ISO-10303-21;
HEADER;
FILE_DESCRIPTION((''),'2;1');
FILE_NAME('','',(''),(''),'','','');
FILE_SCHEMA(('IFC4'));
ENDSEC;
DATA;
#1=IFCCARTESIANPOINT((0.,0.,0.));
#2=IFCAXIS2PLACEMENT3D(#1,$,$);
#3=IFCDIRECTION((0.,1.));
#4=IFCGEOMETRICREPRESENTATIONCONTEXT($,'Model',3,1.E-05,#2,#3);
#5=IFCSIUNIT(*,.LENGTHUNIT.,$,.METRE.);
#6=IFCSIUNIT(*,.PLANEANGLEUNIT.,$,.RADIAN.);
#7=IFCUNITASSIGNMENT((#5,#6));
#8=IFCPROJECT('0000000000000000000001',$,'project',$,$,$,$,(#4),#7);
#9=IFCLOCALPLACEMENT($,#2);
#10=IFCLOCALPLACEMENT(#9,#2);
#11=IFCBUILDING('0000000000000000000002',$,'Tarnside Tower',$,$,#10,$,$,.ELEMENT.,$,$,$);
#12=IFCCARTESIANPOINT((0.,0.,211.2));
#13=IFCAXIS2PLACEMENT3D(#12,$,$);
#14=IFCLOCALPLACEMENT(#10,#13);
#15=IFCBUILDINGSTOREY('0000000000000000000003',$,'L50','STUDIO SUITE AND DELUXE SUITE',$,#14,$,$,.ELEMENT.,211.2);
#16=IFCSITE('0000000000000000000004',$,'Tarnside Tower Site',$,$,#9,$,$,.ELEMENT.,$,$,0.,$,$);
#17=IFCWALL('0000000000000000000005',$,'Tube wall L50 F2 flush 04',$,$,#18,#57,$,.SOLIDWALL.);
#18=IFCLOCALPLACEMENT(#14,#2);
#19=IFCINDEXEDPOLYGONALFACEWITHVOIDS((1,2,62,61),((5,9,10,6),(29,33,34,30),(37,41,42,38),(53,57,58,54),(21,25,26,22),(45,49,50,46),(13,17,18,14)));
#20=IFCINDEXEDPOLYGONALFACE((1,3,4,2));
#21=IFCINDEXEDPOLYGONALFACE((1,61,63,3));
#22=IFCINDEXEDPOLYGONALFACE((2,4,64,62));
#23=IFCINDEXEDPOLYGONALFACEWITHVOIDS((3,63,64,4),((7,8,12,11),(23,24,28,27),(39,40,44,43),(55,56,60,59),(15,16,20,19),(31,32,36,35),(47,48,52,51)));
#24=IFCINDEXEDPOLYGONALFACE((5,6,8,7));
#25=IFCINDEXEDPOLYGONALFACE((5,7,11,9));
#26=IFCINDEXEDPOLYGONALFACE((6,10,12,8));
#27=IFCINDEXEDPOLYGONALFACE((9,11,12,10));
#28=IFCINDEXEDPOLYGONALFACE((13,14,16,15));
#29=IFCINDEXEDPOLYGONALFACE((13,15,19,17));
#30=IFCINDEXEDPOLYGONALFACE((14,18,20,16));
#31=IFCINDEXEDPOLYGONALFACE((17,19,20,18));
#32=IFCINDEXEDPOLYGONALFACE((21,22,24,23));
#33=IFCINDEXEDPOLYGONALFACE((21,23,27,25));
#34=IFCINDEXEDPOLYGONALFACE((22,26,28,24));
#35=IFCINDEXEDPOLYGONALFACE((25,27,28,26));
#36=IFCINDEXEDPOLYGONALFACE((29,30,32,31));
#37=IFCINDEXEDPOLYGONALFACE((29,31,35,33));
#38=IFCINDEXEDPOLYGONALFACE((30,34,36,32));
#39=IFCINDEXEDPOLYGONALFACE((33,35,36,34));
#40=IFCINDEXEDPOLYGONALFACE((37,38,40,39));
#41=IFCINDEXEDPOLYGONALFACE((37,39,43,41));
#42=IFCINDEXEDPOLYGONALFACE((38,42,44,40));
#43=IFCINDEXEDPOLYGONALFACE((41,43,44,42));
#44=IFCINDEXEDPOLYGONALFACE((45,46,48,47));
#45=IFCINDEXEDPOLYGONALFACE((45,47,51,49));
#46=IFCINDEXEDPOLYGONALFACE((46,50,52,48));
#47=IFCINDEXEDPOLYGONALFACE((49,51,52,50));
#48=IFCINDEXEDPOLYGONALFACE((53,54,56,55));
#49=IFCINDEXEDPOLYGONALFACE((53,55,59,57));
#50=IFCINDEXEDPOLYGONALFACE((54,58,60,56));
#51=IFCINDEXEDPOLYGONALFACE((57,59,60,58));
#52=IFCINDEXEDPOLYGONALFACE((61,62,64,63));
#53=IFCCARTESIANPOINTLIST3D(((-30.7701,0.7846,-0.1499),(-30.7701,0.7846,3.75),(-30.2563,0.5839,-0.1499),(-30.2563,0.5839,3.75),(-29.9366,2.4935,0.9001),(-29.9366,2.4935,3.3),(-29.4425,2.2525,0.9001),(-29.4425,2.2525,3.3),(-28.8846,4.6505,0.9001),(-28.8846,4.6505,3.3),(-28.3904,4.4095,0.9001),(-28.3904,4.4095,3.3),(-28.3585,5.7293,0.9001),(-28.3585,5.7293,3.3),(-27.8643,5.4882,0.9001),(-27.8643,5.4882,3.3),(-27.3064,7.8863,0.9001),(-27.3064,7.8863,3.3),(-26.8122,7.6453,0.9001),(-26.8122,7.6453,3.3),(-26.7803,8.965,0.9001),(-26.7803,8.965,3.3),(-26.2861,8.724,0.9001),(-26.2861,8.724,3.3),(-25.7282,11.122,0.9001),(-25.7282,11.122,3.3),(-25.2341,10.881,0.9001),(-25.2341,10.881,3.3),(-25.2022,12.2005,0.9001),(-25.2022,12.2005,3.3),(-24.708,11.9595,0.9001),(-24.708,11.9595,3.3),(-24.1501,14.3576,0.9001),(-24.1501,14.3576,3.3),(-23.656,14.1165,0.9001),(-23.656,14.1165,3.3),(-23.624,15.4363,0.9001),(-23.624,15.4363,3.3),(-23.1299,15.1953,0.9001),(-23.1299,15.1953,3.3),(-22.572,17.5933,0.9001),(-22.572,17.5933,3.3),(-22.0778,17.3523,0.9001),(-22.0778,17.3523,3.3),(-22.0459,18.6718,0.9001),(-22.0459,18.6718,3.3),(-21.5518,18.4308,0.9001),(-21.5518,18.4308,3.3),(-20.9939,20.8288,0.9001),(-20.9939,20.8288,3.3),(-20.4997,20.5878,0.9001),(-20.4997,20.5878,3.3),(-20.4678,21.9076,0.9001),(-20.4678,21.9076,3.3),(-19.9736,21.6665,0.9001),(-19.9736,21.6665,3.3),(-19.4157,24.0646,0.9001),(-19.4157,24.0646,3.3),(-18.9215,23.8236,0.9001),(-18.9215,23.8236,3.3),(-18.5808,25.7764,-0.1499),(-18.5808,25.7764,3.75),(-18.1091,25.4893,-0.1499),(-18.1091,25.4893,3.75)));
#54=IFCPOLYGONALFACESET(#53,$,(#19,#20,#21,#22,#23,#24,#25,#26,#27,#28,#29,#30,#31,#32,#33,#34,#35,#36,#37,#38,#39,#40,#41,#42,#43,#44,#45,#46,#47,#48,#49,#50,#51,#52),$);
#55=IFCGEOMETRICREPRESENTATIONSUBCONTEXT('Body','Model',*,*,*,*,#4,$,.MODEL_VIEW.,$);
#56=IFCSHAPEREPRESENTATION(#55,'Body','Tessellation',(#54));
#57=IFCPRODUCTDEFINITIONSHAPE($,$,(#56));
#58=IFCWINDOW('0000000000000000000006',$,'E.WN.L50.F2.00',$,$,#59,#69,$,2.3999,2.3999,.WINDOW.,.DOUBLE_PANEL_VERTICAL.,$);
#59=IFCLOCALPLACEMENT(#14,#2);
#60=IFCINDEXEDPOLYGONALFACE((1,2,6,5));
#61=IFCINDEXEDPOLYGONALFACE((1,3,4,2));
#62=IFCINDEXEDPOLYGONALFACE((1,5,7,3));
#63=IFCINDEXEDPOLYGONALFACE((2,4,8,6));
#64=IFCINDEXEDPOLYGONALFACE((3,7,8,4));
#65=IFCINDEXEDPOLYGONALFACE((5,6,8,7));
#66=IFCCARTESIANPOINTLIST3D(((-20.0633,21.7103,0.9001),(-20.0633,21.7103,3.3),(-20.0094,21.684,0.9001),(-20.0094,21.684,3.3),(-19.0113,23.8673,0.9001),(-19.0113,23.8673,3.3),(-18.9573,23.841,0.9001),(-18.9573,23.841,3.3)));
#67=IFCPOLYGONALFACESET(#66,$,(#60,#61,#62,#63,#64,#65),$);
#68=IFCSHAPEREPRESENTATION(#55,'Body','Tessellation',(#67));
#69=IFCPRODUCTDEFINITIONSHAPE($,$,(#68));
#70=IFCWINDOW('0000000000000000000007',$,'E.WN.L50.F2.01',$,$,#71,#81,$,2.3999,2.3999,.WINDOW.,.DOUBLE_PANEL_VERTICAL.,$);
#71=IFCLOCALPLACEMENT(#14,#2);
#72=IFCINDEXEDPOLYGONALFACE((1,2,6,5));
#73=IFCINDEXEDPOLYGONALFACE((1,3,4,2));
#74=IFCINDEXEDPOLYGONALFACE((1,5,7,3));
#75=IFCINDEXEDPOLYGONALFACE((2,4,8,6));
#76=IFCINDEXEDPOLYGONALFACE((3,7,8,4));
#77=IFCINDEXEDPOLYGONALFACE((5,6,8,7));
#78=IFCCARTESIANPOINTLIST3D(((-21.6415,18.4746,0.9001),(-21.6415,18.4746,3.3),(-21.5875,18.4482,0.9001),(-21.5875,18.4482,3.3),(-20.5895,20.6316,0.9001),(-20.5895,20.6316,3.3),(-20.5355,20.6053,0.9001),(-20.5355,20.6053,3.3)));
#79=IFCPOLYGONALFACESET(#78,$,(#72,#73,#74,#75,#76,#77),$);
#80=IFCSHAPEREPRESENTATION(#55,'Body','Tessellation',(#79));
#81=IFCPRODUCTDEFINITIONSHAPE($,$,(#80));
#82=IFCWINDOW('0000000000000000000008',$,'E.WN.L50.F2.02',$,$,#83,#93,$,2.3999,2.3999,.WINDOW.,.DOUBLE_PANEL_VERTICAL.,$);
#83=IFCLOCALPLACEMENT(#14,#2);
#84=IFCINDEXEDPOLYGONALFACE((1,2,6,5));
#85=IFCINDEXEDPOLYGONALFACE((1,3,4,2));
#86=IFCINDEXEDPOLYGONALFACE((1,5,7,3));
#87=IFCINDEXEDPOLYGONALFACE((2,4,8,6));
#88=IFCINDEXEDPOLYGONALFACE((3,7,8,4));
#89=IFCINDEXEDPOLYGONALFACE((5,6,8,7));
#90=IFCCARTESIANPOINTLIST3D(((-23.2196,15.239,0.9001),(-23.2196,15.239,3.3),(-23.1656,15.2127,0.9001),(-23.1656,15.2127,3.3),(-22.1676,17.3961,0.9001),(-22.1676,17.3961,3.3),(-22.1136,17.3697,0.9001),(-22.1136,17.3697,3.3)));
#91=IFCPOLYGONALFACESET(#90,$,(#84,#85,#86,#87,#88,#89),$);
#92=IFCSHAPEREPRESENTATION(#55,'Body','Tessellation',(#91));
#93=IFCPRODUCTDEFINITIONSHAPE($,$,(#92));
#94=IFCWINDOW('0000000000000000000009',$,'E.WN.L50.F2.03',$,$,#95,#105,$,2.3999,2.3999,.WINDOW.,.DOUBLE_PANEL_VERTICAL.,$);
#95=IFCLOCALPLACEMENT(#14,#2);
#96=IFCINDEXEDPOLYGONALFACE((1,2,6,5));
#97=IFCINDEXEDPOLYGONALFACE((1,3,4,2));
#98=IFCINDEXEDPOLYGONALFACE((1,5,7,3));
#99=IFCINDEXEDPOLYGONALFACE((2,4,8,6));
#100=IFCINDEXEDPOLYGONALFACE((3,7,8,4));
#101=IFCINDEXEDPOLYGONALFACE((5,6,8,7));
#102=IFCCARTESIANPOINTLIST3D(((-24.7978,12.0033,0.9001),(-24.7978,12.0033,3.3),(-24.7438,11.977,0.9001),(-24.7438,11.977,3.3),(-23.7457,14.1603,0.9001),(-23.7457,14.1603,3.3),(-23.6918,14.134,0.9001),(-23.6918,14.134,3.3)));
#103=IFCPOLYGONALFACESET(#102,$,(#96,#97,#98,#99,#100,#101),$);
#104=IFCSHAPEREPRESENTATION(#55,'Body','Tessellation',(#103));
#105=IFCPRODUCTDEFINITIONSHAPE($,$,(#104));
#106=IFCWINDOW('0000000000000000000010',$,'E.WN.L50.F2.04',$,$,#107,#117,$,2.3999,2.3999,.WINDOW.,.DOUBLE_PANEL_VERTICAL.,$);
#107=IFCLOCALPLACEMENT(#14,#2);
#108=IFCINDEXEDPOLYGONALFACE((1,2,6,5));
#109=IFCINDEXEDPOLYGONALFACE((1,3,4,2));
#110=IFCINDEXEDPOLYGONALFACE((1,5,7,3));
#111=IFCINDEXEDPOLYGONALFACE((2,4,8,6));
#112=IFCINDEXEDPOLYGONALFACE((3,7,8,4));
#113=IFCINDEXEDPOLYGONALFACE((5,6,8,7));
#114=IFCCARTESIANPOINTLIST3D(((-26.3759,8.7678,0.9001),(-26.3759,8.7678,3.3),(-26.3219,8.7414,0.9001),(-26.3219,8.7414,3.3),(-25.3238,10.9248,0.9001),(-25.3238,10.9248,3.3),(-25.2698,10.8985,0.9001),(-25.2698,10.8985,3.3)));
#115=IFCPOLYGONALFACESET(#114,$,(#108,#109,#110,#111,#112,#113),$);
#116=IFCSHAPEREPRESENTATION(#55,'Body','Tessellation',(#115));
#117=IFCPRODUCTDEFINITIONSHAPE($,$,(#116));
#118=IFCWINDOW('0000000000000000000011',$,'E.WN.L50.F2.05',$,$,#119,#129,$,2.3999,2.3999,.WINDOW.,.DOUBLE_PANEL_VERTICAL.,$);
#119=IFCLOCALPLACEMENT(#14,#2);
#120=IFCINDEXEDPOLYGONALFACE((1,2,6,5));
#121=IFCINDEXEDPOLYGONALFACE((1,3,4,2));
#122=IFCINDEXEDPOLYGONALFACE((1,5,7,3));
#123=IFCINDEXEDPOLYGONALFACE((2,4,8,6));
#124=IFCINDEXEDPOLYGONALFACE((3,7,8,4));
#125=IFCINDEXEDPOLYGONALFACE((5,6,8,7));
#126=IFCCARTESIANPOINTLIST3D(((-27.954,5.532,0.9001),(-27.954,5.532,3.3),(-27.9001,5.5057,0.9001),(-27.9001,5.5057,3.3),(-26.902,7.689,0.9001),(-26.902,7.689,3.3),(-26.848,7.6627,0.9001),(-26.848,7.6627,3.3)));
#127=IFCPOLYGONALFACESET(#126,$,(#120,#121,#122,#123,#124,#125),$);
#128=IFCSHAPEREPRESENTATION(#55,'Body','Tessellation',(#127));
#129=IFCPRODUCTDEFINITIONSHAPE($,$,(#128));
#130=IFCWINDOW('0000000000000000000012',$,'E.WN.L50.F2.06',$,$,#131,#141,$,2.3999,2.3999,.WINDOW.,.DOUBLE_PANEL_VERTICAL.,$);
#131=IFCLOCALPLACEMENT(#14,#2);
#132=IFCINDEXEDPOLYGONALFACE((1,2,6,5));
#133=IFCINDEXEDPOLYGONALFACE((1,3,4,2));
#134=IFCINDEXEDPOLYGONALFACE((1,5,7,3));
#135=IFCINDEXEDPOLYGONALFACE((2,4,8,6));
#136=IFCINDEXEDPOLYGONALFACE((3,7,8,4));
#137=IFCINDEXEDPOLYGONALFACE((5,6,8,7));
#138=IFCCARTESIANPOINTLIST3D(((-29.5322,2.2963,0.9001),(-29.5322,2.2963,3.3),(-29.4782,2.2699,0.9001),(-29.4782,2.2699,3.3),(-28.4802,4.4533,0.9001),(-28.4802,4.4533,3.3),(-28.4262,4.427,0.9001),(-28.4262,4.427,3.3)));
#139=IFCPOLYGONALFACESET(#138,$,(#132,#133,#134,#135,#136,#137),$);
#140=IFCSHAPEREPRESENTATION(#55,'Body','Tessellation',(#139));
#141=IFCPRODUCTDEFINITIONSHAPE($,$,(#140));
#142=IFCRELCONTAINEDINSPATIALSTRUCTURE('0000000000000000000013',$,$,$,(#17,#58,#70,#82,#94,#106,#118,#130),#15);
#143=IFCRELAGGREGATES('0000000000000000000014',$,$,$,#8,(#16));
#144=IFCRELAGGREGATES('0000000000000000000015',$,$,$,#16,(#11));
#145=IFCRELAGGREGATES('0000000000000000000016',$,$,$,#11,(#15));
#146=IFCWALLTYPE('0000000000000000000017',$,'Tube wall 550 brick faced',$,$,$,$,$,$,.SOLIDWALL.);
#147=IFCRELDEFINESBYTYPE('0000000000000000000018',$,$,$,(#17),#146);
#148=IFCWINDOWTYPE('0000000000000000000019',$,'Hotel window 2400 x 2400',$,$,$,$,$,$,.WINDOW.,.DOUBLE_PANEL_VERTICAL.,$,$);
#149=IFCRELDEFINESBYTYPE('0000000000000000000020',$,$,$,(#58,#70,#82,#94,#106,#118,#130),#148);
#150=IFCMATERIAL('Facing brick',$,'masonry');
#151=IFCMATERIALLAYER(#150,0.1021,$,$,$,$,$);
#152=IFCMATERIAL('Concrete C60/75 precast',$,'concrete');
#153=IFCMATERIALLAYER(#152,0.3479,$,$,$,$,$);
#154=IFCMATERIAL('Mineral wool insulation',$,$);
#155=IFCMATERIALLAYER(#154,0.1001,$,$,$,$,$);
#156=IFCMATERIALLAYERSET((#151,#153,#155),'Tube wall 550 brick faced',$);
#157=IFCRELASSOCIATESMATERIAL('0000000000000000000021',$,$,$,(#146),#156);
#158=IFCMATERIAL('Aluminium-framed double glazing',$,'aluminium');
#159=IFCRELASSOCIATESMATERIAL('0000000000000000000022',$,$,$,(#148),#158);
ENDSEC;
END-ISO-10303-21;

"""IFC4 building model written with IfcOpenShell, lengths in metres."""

from ifc_helpers import new_model, si_unit, direction, frame, frame_2d, origin, place, context, subcontext, project, spatial, polyline, rectangle, outline, extrude, material, layer, layer_set, type_object, element, fill, save


model = new_model("IFC4")

# Units and contexts
model_context = context("Model", 3, precision=1e-05, world=origin(), true_north=direction((0.0, 1.0)))
body_context = subcontext(model_context, "Body", "Model", "MODEL_VIEW")
ifc_project = project(units=[si_unit("LENGTHUNIT", "METRE"), si_unit("PLANEANGLEUNIT", "RADIAN")], contexts=[model_context])

# Site, building, storey
site_placement = place(None, origin())
site = spatial("IfcSite", under=ifc_project, at=site_placement, Name="Tarnside Tower Site", CompositionType="ELEMENT", RefElevation=0.0)
building_placement = place(site_placement, origin())
building = spatial("IfcBuilding", under=site, at=building_placement, Name="Tarnside Tower", CompositionType="ELEMENT")
storey_placement = place(building_placement, frame((0.0, 0.0, 211.2)))
storey = spatial("IfcBuildingStorey", under=building, at=storey_placement, Name="L50", Description="STUDIO SUITE AND DELUXE SUITE", CompositionType="ELEMENT", Elevation=211.2)

# Shared definitions
ifc_material_1 = material(Name="Facing brick", Category="masonry")
ifc_layer_1 = layer(ifc_material_1, 0.1021)
ifc_material_2 = material(Name="Concrete C60/75 precast", Category="concrete")
ifc_layer_2 = layer(ifc_material_2, 0.3479)
ifc_material_3 = material(Name="Mineral wool insulation")
ifc_layer_3 = layer(ifc_material_3, 0.1001)
ifc_layer_set_1 = layer_set([ifc_layer_1, ifc_layer_2, ifc_layer_3], Name="Tube wall 550 brick faced")
wall_type_1 = type_object("IfcWallType", Name="Tube wall 550 brick faced", PredefinedType="SOLIDWALL", material=ifc_layer_set_1)

# Wall, openings, windows
wall_1_placement = place(storey_placement, frame((-18.345, 25.6328, -0.1499), z_axis=(0.0, 0.0, 1.0), x_axis=(-0.438372, -0.898794, 0.0)))
wall_1 = element("IfcWall", 1, at=wall_1_placement, inside=storey, type_object=wall_type_1, Name="Tube wall L50 F2 flush 04", PredefinedType="SOLIDWALL", context=body_context, shape_type="SweptSolid", body=[
    extrude(outline(polyline([(-0.0256, -0.2749), (27.7803, -0.2749), (27.7354, 0.2749), (0.0256, 0.2749), (-0.0256, -0.2749)])), origin(), (0.0, 0.0, 1.0), 3.8999),
])
opening_1_placement = place(wall_1_placement, frame((1.8789, 0.0, 1.05)))
opening_1 = element("IfcOpeningElement", 2, at=opening_1_placement, cuts=wall_1, PredefinedType="OPENING", context=body_context, shape_type="SweptSolid", body=[
    extrude(rectangle(XDim=2.3999, YDim=2.3999, at=frame_2d((1.2, 1.2))), frame((0.0, 0.2852, 0.0), z_axis=(0.0, -1.0, 0.0), x_axis=(1.0, 0.0, 0.0)), (0.0, 0.0, 1.0), 0.5701),
])
opening_2_placement = place(wall_1_placement, frame((5.479, 0.0, 1.05)))
opening_2 = element("IfcOpeningElement", 3, at=opening_2_placement, cuts=wall_1, PredefinedType="OPENING", context=body_context, shape_type="SweptSolid", body=[
    extrude(rectangle(XDim=2.3999, YDim=2.3999, at=frame_2d((1.2, 1.2))), frame((0.0, 0.2852, 0.0), z_axis=(0.0, -1.0, 0.0), x_axis=(1.0, 0.0, 0.0)), (0.0, 0.0, 1.0), 0.5701),
])
opening_3_placement = place(wall_1_placement, frame((9.0789, 0.0, 1.05)))
opening_3 = element("IfcOpeningElement", 4, at=opening_3_placement, cuts=wall_1, PredefinedType="OPENING", context=body_context, shape_type="SweptSolid", body=[
    extrude(rectangle(XDim=2.3999, YDim=2.3999, at=frame_2d((1.2, 1.2))), frame((0.0, 0.2852, 0.0), z_axis=(0.0, -1.0, 0.0), x_axis=(1.0, 0.0, 0.0)), (0.0, 0.0, 1.0), 0.5701),
])
opening_4_placement = place(wall_1_placement, frame((12.679, 0.0, 1.05)))
opening_4 = element("IfcOpeningElement", 5, at=opening_4_placement, cuts=wall_1, PredefinedType="OPENING", context=body_context, shape_type="SweptSolid", body=[
    extrude(rectangle(XDim=2.3999, YDim=2.3999, at=frame_2d((1.2, 1.2))), frame((0.0, 0.2852, 0.0), z_axis=(0.0, -1.0, 0.0), x_axis=(1.0, 0.0, 0.0)), (0.0, 0.0, 1.0), 0.5701),
])
opening_5_placement = place(wall_1_placement, frame((16.2788, 0.0, 1.05)))
opening_5 = element("IfcOpeningElement", 6, at=opening_5_placement, cuts=wall_1, PredefinedType="OPENING", context=body_context, shape_type="SweptSolid", body=[
    extrude(rectangle(XDim=2.3999, YDim=2.3999, at=frame_2d((1.2, 1.2))), frame((0.0, 0.2852, 0.0), z_axis=(0.0, -1.0, 0.0), x_axis=(1.0, 0.0, 0.0)), (0.0, 0.0, 1.0), 0.5701),
])
opening_6_placement = place(wall_1_placement, frame((19.8789, 0.0, 1.05)))
opening_6 = element("IfcOpeningElement", 7, at=opening_6_placement, cuts=wall_1, PredefinedType="OPENING", context=body_context, shape_type="SweptSolid", body=[
    extrude(rectangle(XDim=2.3999, YDim=2.3999, at=frame_2d((1.2, 1.2))), frame((0.0, 0.2852, 0.0), z_axis=(0.0, -1.0, 0.0), x_axis=(1.0, 0.0, 0.0)), (0.0, 0.0, 1.0), 0.5701),
])
opening_7_placement = place(wall_1_placement, frame((23.479, 0.0, 1.05)))
opening_7 = element("IfcOpeningElement", 8, at=opening_7_placement, cuts=wall_1, PredefinedType="OPENING", context=body_context, shape_type="SweptSolid", body=[
    extrude(rectangle(XDim=2.3999, YDim=2.3999, at=frame_2d((1.2, 1.2))), frame((0.0, 0.2852, 0.0), z_axis=(0.0, -1.0, 0.0), x_axis=(1.0, 0.0, 0.0)), (0.0, 0.0, 1.0), 0.5701),
])
ifc_material_4 = material(Name="Aluminium-framed double glazing", Category="aluminium")
window_type = type_object("IfcWindowType", Name="Hotel window 2400 x 2400", PartitioningType="DOUBLE_PANEL_VERTICAL", PredefinedType="WINDOW", material=ifc_material_4)
window_1_placement = place(opening_1_placement, frame((0.0, 0.2051, 0.0)))
window_1 = element("IfcWindow", 9, at=window_1_placement, inside=storey, type_object=window_type, Name="E.WN.L50.F2.00", OverallHeight=2.3999, OverallWidth=2.3999, PartitioningType="DOUBLE_PANEL_VERTICAL", PredefinedType="WINDOW", context=body_context, shape_type="SweptSolid", body=[
    extrude(rectangle(XDim=2.3999, YDim=2.3999, at=frame_2d((1.2, 1.2))), frame((0.0, 0.03, 0.0), z_axis=(0.0, -1.0, 0.0), x_axis=(1.0, 0.0, 0.0)), (0.0, 0.0, 1.0), 0.0601),
])
fill(opening_1, window_1)
window_2_placement = place(opening_2_placement, frame((0.0, 0.2051, 0.0)))
window_2 = element("IfcWindow", 10, at=window_2_placement, inside=storey, type_object=window_type, Name="E.WN.L50.F2.01", OverallHeight=2.3999, OverallWidth=2.3999, PartitioningType="DOUBLE_PANEL_VERTICAL", PredefinedType="WINDOW", context=body_context, shape_type="SweptSolid", body=[
    extrude(rectangle(XDim=2.3999, YDim=2.3999, at=frame_2d((1.2, 1.2))), frame((0.0, 0.03, 0.0), z_axis=(0.0, -1.0, 0.0), x_axis=(1.0, 0.0, 0.0)), (0.0, 0.0, 1.0), 0.0601),
])
fill(opening_2, window_2)
window_3_placement = place(opening_3_placement, frame((0.0, 0.2051, 0.0)))
window_3 = element("IfcWindow", 11, at=window_3_placement, inside=storey, type_object=window_type, Name="E.WN.L50.F2.02", OverallHeight=2.3999, OverallWidth=2.3999, PartitioningType="DOUBLE_PANEL_VERTICAL", PredefinedType="WINDOW", context=body_context, shape_type="SweptSolid", body=[
    extrude(rectangle(XDim=2.3999, YDim=2.3999, at=frame_2d((1.2, 1.2))), frame((0.0, 0.03, 0.0), z_axis=(0.0, -1.0, 0.0), x_axis=(1.0, 0.0, 0.0)), (0.0, 0.0, 1.0), 0.0601),
])
fill(opening_3, window_3)
window_4_placement = place(opening_4_placement, frame((0.0, 0.2051, 0.0)))
window_4 = element("IfcWindow", 12, at=window_4_placement, inside=storey, type_object=window_type, Name="E.WN.L50.F2.03", OverallHeight=2.3999, OverallWidth=2.3999, PartitioningType="DOUBLE_PANEL_VERTICAL", PredefinedType="WINDOW", context=body_context, shape_type="SweptSolid", body=[
    extrude(rectangle(XDim=2.3999, YDim=2.3999, at=frame_2d((1.2, 1.2))), frame((0.0, 0.03, 0.0), z_axis=(0.0, -1.0, 0.0), x_axis=(1.0, 0.0, 0.0)), (0.0, 0.0, 1.0), 0.0601),
])
fill(opening_4, window_4)
window_5_placement = place(opening_5_placement, frame((0.0, 0.2051, 0.0)))
window_5 = element("IfcWindow", 13, at=window_5_placement, inside=storey, type_object=window_type, Name="E.WN.L50.F2.04", OverallHeight=2.3999, OverallWidth=2.3999, PartitioningType="DOUBLE_PANEL_VERTICAL", PredefinedType="WINDOW", context=body_context, shape_type="SweptSolid", body=[
    extrude(rectangle(XDim=2.3999, YDim=2.3999, at=frame_2d((1.2, 1.2))), frame((0.0, 0.03, 0.0), z_axis=(0.0, -1.0, 0.0), x_axis=(1.0, 0.0, 0.0)), (0.0, 0.0, 1.0), 0.0601),
])
fill(opening_5, window_5)
window_6_placement = place(opening_6_placement, frame((0.0, 0.2051, 0.0)))
window_6 = element("IfcWindow", 14, at=window_6_placement, inside=storey, type_object=window_type, Name="E.WN.L50.F2.05", OverallHeight=2.3999, OverallWidth=2.3999, PartitioningType="DOUBLE_PANEL_VERTICAL", PredefinedType="WINDOW", context=body_context, shape_type="SweptSolid", body=[
    extrude(rectangle(XDim=2.3999, YDim=2.3999, at=frame_2d((1.2, 1.2))), frame((0.0, 0.03, 0.0), z_axis=(0.0, -1.0, 0.0), x_axis=(1.0, 0.0, 0.0)), (0.0, 0.0, 1.0), 0.0601),
])
fill(opening_6, window_6)
window_7_placement = place(opening_7_placement, frame((0.0, 0.2051, 0.0)))
window_7 = element("IfcWindow", 15, at=window_7_placement, inside=storey, type_object=window_type, Name="E.WN.L50.F2.06", OverallHeight=2.3999, OverallWidth=2.3999, PartitioningType="DOUBLE_PANEL_VERTICAL", PredefinedType="WINDOW", context=body_context, shape_type="SweptSolid", body=[
    extrude(rectangle(XDim=2.3999, YDim=2.3999, at=frame_2d((1.2, 1.2))), frame((0.0, 0.03, 0.0), z_axis=(0.0, -1.0, 0.0), x_axis=(1.0, 0.0, 0.0)), (0.0, 0.0, 1.0), 0.0601),
])
fill(opening_7, window_7)

save(model, "model.ifc")
